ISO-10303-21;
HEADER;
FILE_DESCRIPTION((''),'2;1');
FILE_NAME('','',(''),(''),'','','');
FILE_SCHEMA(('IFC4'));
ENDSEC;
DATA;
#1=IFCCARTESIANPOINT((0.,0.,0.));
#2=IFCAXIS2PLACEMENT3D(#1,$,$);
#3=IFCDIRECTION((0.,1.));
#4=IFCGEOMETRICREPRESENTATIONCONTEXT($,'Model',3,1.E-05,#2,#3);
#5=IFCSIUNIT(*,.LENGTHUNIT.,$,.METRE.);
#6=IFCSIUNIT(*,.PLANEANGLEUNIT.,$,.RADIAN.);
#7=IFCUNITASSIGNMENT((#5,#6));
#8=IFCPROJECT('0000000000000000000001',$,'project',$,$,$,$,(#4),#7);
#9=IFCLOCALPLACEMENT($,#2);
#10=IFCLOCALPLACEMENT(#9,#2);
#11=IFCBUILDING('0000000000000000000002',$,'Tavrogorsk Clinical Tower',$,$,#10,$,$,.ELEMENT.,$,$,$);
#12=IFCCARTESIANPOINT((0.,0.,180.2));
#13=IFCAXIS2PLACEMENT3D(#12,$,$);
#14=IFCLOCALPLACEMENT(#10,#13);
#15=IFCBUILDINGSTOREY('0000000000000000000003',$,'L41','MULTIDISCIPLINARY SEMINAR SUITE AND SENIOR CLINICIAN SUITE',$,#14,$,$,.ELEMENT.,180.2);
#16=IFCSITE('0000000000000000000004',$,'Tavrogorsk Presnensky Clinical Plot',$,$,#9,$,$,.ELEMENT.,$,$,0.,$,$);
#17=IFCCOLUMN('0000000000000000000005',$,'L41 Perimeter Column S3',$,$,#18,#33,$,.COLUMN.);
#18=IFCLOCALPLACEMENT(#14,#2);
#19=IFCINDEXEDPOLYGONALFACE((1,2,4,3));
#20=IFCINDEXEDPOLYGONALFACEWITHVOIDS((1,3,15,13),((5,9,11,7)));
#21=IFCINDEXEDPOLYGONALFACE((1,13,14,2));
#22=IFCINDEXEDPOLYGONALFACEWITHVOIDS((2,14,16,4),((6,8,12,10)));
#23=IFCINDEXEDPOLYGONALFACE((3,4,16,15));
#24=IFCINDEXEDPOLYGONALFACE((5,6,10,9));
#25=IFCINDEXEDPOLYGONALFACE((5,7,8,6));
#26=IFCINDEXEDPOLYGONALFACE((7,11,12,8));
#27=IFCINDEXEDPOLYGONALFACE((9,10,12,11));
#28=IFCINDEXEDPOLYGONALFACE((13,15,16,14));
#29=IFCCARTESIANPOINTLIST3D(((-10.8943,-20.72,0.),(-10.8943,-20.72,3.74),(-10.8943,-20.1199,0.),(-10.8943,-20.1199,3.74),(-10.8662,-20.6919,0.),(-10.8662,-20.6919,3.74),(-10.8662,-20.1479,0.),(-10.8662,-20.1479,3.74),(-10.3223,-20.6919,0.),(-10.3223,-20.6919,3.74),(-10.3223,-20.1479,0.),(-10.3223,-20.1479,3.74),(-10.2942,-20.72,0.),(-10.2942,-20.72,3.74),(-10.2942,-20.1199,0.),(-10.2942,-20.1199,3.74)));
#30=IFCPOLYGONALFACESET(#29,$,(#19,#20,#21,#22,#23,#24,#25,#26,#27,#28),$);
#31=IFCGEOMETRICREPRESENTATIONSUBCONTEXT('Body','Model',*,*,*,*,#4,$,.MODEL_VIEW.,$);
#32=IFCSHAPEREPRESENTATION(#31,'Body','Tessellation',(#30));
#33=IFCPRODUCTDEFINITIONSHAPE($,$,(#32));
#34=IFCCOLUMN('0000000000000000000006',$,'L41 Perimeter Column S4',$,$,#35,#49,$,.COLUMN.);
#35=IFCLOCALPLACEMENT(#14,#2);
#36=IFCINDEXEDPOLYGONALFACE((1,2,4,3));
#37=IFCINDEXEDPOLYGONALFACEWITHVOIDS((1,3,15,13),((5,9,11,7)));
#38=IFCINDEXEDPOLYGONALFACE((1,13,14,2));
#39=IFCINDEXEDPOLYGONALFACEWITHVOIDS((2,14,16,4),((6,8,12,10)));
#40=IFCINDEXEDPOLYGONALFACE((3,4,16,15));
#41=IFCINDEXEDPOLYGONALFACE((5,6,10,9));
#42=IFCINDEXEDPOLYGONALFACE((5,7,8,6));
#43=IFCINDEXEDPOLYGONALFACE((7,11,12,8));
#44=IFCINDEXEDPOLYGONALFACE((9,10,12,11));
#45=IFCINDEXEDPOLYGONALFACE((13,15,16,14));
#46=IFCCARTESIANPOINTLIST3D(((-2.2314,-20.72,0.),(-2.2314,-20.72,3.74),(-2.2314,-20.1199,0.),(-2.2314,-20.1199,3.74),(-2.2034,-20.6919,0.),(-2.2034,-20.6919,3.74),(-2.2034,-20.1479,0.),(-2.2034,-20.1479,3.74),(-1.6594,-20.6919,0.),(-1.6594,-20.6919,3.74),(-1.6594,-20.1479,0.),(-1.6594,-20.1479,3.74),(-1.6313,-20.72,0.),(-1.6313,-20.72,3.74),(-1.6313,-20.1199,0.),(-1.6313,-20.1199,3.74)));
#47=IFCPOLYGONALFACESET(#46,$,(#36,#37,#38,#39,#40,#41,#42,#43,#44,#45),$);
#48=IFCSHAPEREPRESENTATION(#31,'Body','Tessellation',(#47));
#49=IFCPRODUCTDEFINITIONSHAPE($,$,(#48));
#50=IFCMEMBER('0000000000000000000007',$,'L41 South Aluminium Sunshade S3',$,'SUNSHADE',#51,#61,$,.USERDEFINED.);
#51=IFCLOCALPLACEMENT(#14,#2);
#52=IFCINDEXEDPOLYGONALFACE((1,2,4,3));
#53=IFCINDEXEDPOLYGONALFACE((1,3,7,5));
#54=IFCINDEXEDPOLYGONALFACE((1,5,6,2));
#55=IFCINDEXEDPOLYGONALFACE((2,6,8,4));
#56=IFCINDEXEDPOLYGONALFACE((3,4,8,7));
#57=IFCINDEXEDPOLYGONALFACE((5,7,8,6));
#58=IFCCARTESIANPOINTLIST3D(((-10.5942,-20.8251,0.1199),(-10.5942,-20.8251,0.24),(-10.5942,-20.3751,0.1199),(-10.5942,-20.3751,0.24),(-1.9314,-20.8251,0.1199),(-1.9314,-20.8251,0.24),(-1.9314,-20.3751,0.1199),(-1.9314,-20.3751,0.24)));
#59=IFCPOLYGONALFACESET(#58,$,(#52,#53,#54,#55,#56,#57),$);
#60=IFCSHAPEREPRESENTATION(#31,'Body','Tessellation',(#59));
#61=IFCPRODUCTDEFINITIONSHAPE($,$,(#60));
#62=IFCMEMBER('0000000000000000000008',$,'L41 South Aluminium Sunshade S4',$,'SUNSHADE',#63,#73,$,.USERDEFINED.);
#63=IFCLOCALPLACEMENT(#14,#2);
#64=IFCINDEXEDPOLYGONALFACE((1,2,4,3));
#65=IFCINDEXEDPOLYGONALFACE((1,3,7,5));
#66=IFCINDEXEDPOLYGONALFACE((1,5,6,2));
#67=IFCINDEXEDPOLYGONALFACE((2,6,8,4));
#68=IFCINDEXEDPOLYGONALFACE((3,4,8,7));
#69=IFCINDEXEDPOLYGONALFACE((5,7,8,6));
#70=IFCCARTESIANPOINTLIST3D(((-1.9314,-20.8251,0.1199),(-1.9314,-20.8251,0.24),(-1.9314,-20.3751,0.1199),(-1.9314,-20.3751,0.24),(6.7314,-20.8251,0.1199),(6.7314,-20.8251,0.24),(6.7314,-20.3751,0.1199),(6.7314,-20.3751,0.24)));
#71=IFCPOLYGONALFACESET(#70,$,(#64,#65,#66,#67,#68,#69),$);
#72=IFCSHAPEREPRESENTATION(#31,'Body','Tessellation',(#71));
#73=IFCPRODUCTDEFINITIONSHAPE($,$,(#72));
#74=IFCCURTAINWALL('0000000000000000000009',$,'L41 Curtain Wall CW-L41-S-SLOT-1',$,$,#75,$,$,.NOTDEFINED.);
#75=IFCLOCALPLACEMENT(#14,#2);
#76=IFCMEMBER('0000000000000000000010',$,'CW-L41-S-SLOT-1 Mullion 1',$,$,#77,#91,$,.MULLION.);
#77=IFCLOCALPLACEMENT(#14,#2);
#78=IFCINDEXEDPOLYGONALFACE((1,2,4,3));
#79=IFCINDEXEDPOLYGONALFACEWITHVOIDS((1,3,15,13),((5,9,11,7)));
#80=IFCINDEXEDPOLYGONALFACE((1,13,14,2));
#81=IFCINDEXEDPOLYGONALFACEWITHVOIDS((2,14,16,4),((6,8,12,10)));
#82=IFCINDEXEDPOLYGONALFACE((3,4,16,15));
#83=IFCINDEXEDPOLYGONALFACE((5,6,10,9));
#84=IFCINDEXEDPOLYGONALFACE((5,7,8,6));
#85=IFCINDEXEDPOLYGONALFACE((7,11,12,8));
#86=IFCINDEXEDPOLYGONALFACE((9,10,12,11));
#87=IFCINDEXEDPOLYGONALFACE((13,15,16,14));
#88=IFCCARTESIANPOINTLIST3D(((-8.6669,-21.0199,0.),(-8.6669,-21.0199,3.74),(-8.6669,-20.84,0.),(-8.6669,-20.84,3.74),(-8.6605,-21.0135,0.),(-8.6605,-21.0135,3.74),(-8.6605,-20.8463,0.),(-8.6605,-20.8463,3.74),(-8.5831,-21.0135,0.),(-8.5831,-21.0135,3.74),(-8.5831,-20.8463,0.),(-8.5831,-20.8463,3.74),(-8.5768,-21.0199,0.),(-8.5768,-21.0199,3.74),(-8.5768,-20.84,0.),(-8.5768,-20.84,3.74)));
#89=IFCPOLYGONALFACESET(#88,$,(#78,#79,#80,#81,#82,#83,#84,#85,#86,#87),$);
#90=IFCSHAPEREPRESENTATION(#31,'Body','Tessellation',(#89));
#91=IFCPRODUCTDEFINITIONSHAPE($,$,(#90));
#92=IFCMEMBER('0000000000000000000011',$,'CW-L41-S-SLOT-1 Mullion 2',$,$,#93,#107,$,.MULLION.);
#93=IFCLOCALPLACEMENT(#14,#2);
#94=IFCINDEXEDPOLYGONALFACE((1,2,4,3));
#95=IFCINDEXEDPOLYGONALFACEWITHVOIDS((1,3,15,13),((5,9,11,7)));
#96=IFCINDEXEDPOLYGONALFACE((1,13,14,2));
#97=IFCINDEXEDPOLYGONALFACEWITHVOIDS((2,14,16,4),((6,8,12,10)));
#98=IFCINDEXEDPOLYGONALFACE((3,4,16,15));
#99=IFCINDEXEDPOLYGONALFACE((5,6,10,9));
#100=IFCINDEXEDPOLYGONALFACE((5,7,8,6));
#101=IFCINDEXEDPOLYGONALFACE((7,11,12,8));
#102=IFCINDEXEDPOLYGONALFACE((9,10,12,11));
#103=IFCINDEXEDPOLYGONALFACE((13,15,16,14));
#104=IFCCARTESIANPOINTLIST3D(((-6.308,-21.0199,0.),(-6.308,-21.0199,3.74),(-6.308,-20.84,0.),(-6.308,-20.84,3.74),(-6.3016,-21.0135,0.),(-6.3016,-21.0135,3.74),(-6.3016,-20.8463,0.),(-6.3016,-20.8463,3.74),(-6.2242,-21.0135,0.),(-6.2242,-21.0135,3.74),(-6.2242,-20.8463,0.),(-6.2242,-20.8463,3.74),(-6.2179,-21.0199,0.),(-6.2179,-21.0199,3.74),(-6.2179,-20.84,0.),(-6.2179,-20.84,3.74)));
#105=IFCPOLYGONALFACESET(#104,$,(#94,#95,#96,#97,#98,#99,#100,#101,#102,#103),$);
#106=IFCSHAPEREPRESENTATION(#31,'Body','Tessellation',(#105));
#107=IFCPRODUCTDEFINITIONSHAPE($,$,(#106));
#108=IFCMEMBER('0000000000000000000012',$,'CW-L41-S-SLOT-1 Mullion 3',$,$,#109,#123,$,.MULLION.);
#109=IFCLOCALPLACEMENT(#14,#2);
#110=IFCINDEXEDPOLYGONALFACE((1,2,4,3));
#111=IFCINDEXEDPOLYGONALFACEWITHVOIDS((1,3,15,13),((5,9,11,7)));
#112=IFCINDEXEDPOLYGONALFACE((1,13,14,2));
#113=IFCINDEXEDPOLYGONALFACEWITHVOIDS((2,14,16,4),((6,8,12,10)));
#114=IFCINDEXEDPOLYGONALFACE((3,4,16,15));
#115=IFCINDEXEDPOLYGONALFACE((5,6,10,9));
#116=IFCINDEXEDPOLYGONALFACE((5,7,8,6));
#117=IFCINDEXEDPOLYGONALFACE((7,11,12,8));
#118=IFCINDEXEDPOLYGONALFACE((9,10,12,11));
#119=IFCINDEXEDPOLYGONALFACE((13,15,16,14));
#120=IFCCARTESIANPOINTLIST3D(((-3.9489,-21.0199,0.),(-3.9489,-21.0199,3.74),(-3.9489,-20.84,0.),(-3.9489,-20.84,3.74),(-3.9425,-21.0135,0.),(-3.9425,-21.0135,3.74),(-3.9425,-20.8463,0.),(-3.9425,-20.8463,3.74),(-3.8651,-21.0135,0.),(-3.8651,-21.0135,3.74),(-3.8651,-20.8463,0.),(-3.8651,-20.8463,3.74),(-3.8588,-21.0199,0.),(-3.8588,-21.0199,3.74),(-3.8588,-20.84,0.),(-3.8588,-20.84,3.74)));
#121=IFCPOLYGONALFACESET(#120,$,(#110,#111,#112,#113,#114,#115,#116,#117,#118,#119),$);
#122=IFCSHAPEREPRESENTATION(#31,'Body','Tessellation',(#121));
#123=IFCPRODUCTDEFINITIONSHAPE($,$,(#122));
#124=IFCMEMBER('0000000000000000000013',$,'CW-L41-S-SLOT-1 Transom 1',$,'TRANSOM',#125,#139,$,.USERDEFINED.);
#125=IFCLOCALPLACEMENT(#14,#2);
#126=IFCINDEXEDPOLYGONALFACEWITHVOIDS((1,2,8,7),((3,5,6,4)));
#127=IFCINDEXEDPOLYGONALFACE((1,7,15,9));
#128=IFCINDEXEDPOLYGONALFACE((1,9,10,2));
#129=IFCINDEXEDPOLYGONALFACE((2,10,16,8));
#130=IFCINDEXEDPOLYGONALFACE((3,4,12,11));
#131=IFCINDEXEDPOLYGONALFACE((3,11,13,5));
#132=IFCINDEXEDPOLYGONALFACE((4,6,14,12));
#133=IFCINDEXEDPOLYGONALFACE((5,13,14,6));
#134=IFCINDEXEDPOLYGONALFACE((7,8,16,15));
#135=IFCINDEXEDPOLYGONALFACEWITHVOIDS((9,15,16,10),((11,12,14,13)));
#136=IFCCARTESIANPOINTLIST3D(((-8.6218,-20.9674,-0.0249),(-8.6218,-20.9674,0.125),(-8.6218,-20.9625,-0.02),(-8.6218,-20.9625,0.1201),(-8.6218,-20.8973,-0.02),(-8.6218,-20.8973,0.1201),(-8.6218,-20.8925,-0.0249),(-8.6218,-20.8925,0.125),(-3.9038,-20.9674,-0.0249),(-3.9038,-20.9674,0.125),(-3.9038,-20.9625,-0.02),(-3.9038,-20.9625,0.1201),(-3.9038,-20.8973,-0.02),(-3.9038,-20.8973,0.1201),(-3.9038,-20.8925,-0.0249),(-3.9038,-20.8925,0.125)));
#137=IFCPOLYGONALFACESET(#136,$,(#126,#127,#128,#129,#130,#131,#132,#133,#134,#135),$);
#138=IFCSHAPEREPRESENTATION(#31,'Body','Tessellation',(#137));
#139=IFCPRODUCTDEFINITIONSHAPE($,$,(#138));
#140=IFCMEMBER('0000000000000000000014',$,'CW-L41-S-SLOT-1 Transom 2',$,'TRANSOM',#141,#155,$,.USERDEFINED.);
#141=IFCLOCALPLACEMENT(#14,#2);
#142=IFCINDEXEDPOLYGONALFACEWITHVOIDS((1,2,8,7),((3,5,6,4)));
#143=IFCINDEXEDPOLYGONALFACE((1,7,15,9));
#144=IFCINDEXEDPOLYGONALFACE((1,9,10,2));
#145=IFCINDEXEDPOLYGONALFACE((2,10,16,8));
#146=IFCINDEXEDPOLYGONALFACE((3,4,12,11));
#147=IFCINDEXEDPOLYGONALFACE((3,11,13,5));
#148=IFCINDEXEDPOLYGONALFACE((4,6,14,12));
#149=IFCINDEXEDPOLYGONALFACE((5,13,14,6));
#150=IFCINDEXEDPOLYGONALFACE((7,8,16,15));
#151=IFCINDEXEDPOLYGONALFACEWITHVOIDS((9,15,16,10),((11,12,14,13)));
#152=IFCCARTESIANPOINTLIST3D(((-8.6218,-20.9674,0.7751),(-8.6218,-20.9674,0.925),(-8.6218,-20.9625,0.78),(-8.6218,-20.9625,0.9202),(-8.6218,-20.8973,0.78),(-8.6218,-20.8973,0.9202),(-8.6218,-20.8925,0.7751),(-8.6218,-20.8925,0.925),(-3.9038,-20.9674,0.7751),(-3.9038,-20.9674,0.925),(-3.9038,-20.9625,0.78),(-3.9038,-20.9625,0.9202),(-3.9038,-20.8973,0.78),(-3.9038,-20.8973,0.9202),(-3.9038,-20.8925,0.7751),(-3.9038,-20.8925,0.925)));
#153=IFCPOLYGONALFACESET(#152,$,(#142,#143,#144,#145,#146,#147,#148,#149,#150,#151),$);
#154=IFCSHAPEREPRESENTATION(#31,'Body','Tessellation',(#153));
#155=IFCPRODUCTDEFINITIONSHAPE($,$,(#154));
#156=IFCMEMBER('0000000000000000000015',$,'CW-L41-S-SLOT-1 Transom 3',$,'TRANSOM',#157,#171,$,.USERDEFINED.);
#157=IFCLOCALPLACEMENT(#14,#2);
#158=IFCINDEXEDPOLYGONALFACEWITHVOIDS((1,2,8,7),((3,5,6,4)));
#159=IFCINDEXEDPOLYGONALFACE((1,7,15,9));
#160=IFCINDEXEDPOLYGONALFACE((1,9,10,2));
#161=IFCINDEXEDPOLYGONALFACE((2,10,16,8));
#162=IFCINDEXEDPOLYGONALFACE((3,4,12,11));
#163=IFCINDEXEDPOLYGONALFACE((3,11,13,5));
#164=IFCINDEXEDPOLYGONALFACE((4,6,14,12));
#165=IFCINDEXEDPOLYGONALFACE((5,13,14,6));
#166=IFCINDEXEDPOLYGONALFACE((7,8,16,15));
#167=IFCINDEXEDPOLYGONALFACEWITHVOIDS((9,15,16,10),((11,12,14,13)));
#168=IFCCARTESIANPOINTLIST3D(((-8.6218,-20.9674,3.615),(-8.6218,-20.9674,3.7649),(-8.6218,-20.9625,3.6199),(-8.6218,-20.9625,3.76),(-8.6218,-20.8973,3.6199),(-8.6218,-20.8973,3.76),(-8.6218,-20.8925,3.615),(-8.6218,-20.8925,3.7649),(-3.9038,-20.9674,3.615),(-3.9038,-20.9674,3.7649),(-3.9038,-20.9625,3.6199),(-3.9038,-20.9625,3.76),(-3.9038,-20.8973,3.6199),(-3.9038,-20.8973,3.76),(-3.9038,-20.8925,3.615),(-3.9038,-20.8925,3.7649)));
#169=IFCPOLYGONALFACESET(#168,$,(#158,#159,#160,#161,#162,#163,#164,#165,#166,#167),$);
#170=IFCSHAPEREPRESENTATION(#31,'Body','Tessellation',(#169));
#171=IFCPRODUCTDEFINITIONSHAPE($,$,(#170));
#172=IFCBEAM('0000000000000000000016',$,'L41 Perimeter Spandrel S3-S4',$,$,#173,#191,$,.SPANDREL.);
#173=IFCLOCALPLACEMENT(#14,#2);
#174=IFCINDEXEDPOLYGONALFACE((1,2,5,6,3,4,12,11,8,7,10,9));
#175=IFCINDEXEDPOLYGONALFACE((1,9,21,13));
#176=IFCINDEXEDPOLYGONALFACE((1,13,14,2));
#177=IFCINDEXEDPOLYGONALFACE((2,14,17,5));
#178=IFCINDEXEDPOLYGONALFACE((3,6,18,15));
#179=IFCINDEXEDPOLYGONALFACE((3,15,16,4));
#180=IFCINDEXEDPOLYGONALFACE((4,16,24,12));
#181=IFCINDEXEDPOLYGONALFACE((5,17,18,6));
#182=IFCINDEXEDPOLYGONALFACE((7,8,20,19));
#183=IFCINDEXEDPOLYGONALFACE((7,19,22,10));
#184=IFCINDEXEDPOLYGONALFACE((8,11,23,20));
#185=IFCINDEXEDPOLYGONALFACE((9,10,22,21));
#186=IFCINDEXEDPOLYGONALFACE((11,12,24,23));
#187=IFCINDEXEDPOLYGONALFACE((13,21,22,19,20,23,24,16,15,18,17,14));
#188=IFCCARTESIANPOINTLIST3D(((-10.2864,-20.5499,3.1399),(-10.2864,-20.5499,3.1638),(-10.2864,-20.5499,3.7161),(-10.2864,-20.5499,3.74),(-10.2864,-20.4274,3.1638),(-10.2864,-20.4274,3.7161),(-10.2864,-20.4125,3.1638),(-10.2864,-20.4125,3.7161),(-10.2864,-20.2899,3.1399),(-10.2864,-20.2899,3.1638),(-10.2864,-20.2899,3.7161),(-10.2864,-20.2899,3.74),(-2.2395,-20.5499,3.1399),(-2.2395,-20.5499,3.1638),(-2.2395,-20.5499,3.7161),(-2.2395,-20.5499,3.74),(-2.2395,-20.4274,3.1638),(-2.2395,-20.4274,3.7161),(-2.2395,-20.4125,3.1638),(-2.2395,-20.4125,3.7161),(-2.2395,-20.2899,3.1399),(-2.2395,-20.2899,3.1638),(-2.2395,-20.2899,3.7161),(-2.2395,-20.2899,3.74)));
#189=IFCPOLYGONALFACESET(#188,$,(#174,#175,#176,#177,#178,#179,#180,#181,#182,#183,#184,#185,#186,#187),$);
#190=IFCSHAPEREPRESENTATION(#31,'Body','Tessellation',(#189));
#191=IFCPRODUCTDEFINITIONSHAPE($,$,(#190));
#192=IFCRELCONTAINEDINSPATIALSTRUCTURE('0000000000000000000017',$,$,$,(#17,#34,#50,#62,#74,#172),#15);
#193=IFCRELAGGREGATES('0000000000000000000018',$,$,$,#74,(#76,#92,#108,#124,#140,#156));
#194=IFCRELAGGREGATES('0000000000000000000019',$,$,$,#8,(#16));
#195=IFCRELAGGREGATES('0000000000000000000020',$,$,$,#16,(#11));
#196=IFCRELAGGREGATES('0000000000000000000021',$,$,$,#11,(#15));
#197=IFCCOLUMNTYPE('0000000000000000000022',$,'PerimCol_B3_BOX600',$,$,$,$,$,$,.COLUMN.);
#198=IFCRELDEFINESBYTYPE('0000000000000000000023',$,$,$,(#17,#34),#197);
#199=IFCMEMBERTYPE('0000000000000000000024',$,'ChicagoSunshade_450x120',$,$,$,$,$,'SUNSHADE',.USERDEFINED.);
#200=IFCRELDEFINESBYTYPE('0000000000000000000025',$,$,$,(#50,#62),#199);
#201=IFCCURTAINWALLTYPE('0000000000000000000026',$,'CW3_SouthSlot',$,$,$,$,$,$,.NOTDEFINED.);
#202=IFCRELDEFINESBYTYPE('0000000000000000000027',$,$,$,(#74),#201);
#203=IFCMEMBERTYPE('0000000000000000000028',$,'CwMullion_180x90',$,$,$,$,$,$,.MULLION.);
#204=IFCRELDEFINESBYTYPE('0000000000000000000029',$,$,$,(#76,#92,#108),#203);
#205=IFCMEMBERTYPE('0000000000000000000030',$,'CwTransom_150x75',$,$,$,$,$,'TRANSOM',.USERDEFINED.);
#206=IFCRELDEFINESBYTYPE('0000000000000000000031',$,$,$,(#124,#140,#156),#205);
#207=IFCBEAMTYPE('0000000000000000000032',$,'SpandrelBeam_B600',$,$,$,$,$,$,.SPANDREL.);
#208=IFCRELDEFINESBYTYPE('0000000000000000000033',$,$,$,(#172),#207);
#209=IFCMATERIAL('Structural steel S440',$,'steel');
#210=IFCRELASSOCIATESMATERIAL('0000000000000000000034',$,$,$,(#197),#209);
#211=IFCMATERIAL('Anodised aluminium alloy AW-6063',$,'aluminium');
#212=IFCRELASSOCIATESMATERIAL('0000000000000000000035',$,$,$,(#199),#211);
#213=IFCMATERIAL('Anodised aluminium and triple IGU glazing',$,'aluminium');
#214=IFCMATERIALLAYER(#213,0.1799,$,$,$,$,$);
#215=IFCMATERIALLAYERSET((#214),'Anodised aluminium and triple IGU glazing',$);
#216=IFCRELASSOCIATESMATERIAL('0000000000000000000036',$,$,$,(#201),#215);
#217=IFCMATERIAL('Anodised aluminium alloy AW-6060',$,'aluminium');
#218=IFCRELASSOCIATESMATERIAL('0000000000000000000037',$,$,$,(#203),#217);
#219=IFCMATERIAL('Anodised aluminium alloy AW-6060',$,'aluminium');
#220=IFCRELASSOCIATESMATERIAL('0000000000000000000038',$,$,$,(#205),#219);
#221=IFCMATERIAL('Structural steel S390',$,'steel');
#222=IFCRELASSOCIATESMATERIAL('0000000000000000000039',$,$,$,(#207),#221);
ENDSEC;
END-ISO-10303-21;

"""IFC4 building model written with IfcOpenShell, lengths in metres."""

from ifc_helpers import new_model, si_unit, direction, frame, origin, origin_2d, place, context, subcontext, project, spatial, rectangle, hollow_rectangle, i_section, extrude, material, layer, layer_set, material_profile, profile_set, type_object, element, aggregate, save


model = new_model("IFC4")

# Units and contexts
model_context = context("Model", 3, precision=1e-05, world=origin(), true_north=direction((0.0, 1.0)))
body_context = subcontext(model_context, "Body", "Model", "MODEL_VIEW")
ifc_project = project(units=[si_unit("LENGTHUNIT", "METRE"), si_unit("PLANEANGLEUNIT", "RADIAN")], contexts=[model_context])

# Site, building, storey
site_placement = place(None, origin())
site = spatial("IfcSite", under=ifc_project, at=site_placement, Name="Tavrogorsk Presnensky Clinical Plot", CompositionType="ELEMENT", RefElevation=0.0)
building_placement = place(site_placement, origin())
building = spatial("IfcBuilding", under=site, at=building_placement, Name="Tavrogorsk Clinical Tower", CompositionType="ELEMENT")
storey_placement = place(building_placement, frame((0.0, 0.0, 180.2)))
storey = spatial("IfcBuildingStorey", under=building, at=storey_placement, Name="L41", Description="MULTIDISCIPLINARY SEMINAR SUITE AND SENIOR CLINICIAN SUITE", CompositionType="ELEMENT", Elevation=180.2)

# Columns
ifc_material_1 = material(Name="Structural steel S440", Category="steel")
ifc_material_profile_1 = material_profile(ifc_material_1, hollow_rectangle(XDim=0.6001, YDim=0.6001, WallThickness=0.0281, at=origin_2d()), Name="BOX-600x600x28")
ifc_profile_set_1 = profile_set([ifc_material_profile_1], Name="Structural steel S440")
column_type = type_object("IfcColumnType", Name="PerimCol_B3_BOX600", PredefinedType="COLUMN", material=ifc_profile_set_1)
for number, where, z_axis, x_axis, name in (
    (1, (-10.5942, -20.4199, 0.0), (0.0, 0.0, 1.0), (1.0, 0.0, 0.0), "L41 Perimeter Column S3"),
    (2, (-1.9314, -20.4199, 0.0), (0.0, 0.0, 1.0), (1.0, 0.0, 0.0), "L41 Perimeter Column S4"),
):
    element("IfcColumn", number, at=place(storey_placement, frame(where, z_axis=z_axis, x_axis=x_axis)), inside=storey, type_object=column_type, Name=name, PredefinedType="COLUMN", context=body_context, shape_type="SweptSolid", body=[
        extrude(hollow_rectangle(XDim=0.6001, YDim=0.6001, WallThickness=0.0281, at=origin_2d()), origin(), (0.0, 0.0, 1.0), 3.74),
    ])

# Members
ifc_material_2 = material(Name="Anodised aluminium alloy AW-6063", Category="aluminium")
ifc_material_profile_2 = material_profile(ifc_material_2, rectangle(XDim=0.45, YDim=0.1201, at=origin_2d()), Name="ALU-SUNSHADE-450x120")
ifc_profile_set_2 = profile_set([ifc_material_profile_2], Name="Anodised aluminium alloy AW-6063")
member_type_1 = type_object("IfcMemberType", Name="ChicagoSunshade_450x120", ElementType="SUNSHADE", PredefinedType="USERDEFINED", material=ifc_profile_set_2)
for number, where, z_axis, x_axis, name in (
    (3, (-10.5942, -20.6001, 0.1799), (1.0, 0.0, 0.0), (0.0, 1.0, 0.0), "L41 South Aluminium Sunshade S3"),
    (4, (-1.9314, -20.6001, 0.1799), (1.0, 0.0, 0.0), (0.0, 1.0, 0.0), "L41 South Aluminium Sunshade S4"),
):
    element("IfcMember", number, at=place(storey_placement, frame(where, z_axis=z_axis, x_axis=x_axis)), inside=storey, type_object=member_type_1, Name=name, ObjectType="SUNSHADE", PredefinedType="USERDEFINED", context=body_context, shape_type="SweptSolid", body=[
        extrude(rectangle(XDim=0.45, YDim=0.1201, at=origin_2d()), origin(), (0.0, 0.0, 1.0), 8.6628),
    ])

# Curtain wall, members
ifc_material_3 = material(Name="Anodised aluminium and triple IGU glazing", Category="aluminium")
ifc_layer_1 = layer(ifc_material_3, 0.1799)
ifc_layer_set_1 = layer_set([ifc_layer_1], Name="Anodised aluminium and triple IGU glazing")
curtain_wall_type = type_object("IfcCurtainWallType", Name="CW3_SouthSlot", PredefinedType="NOTDEFINED", material=ifc_layer_set_1)
curtain_wall_placement = place(storey_placement, origin())
curtain_wall = element("IfcCurtainWall", 5, at=curtain_wall_placement, inside=storey, type_object=curtain_wall_type, Name="L41 Curtain Wall CW-L41-S-SLOT-1", PredefinedType="NOTDEFINED")
ifc_material_4 = material(Name="Anodised aluminium alloy AW-6060", Category="aluminium")
ifc_material_profile_3 = material_profile(ifc_material_4, hollow_rectangle(XDim=0.0901, YDim=0.1799, WallThickness=0.0063, at=origin_2d()), Name="RHS-180x90x6.3")
ifc_profile_set_3 = profile_set([ifc_material_profile_3], Name="Anodised aluminium alloy AW-6060")
member_type_2 = type_object("IfcMemberType", Name="CwMullion_180x90", PredefinedType="MULLION", material=ifc_profile_set_3)
member_1_placement = place(storey_placement, frame((-8.6218, -20.9299, 0.0), z_axis=(0.0, 0.0, 1.0), x_axis=(1.0, 0.0, 0.0)))
member_1 = element("IfcMember", 6, at=member_1_placement, type_object=member_type_2, Name="CW-L41-S-SLOT-1 Mullion 1", PredefinedType="MULLION", context=body_context, shape_type="SweptSolid", body=[
    extrude(hollow_rectangle(XDim=0.0901, YDim=0.1799, WallThickness=0.0063, at=origin_2d()), origin(), (0.0, 0.0, 1.0), 3.74),
])
member_2_placement = place(storey_placement, frame((-6.2629, -20.9299, 0.0), z_axis=(0.0, 0.0, 1.0), x_axis=(1.0, 0.0, 0.0)))
member_2 = element("IfcMember", 7, at=member_2_placement, type_object=member_type_2, Name="CW-L41-S-SLOT-1 Mullion 2", PredefinedType="MULLION", context=body_context, shape_type="SweptSolid", body=[
    extrude(hollow_rectangle(XDim=0.0901, YDim=0.1799, WallThickness=0.0063, at=origin_2d()), origin(), (0.0, 0.0, 1.0), 3.74),
])
member_3_placement = place(storey_placement, frame((-3.9038, -20.9299, 0.0), z_axis=(0.0, 0.0, 1.0), x_axis=(1.0, 0.0, 0.0)))
member_3 = element("IfcMember", 8, at=member_3_placement, type_object=member_type_2, Name="CW-L41-S-SLOT-1 Mullion 3", PredefinedType="MULLION", context=body_context, shape_type="SweptSolid", body=[
    extrude(hollow_rectangle(XDim=0.0901, YDim=0.1799, WallThickness=0.0063, at=origin_2d()), origin(), (0.0, 0.0, 1.0), 3.74),
])
ifc_material_5 = material(Name="Anodised aluminium alloy AW-6060", Category="aluminium")
ifc_material_profile_4 = material_profile(ifc_material_5, hollow_rectangle(XDim=0.075, YDim=0.1499, WallThickness=0.0049, at=origin_2d()), Name="RHS-150x75x5")
ifc_profile_set_4 = profile_set([ifc_material_profile_4], Name="Anodised aluminium alloy AW-6060")
member_type_3 = type_object("IfcMemberType", Name="CwTransom_150x75", ElementType="TRANSOM", PredefinedType="USERDEFINED", material=ifc_profile_set_4)
member_4_placement = place(storey_placement, frame((-8.6218, -20.9299, 0.05), z_axis=(1.0, 0.0, 0.0), x_axis=(0.0, 1.0, 0.0)))
member_4 = element("IfcMember", 9, at=member_4_placement, type_object=member_type_3, Name="CW-L41-S-SLOT-1 Transom 1", ObjectType="TRANSOM", PredefinedType="USERDEFINED", context=body_context, shape_type="SweptSolid", body=[
    extrude(hollow_rectangle(XDim=0.075, YDim=0.1499, WallThickness=0.0049, at=origin_2d()), origin(), (0.0, 0.0, 1.0), 4.718),
])
member_5_placement = place(storey_placement, frame((-8.6218, -20.9299, 0.8501), z_axis=(1.0, 0.0, 0.0), x_axis=(0.0, 1.0, 0.0)))
member_5 = element("IfcMember", 10, at=member_5_placement, type_object=member_type_3, Name="CW-L41-S-SLOT-1 Transom 2", ObjectType="TRANSOM", PredefinedType="USERDEFINED", context=body_context, shape_type="SweptSolid", body=[
    extrude(hollow_rectangle(XDim=0.075, YDim=0.1499, WallThickness=0.0049, at=origin_2d()), origin(), (0.0, 0.0, 1.0), 4.718),
])
member_6_placement = place(storey_placement, frame((-8.6218, -20.9299, 3.6899), z_axis=(1.0, 0.0, 0.0), x_axis=(0.0, 1.0, 0.0)))
member_6 = element("IfcMember", 11, at=member_6_placement, type_object=member_type_3, Name="CW-L41-S-SLOT-1 Transom 3", ObjectType="TRANSOM", PredefinedType="USERDEFINED", context=body_context, shape_type="SweptSolid", body=[
    extrude(hollow_rectangle(XDim=0.075, YDim=0.1499, WallThickness=0.0049, at=origin_2d()), origin(), (0.0, 0.0, 1.0), 4.718),
])

# Beam
ifc_material_6 = material(Name="Structural steel S390", Category="steel")
ifc_material_profile_5 = material_profile(ifc_material_6, i_section(OverallWidth=0.26, OverallDepth=0.6001, WebThickness=0.0149, FlangeThickness=0.0239, at=origin_2d()), Name="B-600x260x15x24")
ifc_profile_set_5 = profile_set([ifc_material_profile_5], Name="Structural steel S390")
beam_type = type_object("IfcBeamType", Name="SpandrelBeam_B600", PredefinedType="SPANDREL", material=ifc_profile_set_5)
beam_1_placement = place(storey_placement, frame((-10.2864, -20.4199, 3.4399), z_axis=(1.0, 0.0, 0.0), x_axis=(0.0, 1.0, 0.0)))
element("IfcBeam", 12, at=beam_1_placement, inside=storey, type_object=beam_type, Name="L41 Perimeter Spandrel S3-S4", PredefinedType="SPANDREL", context=body_context, shape_type="SweptSolid", body=[
    extrude(i_section(OverallWidth=0.26, OverallDepth=0.6001, WebThickness=0.0149, FlangeThickness=0.0239, at=origin_2d()), origin(), (0.0, 0.0, 1.0), 8.0469),
])

aggregate(curtain_wall, [member_1, member_2, member_3, member_4, member_5, member_6])

save(model, "model.ifc")
